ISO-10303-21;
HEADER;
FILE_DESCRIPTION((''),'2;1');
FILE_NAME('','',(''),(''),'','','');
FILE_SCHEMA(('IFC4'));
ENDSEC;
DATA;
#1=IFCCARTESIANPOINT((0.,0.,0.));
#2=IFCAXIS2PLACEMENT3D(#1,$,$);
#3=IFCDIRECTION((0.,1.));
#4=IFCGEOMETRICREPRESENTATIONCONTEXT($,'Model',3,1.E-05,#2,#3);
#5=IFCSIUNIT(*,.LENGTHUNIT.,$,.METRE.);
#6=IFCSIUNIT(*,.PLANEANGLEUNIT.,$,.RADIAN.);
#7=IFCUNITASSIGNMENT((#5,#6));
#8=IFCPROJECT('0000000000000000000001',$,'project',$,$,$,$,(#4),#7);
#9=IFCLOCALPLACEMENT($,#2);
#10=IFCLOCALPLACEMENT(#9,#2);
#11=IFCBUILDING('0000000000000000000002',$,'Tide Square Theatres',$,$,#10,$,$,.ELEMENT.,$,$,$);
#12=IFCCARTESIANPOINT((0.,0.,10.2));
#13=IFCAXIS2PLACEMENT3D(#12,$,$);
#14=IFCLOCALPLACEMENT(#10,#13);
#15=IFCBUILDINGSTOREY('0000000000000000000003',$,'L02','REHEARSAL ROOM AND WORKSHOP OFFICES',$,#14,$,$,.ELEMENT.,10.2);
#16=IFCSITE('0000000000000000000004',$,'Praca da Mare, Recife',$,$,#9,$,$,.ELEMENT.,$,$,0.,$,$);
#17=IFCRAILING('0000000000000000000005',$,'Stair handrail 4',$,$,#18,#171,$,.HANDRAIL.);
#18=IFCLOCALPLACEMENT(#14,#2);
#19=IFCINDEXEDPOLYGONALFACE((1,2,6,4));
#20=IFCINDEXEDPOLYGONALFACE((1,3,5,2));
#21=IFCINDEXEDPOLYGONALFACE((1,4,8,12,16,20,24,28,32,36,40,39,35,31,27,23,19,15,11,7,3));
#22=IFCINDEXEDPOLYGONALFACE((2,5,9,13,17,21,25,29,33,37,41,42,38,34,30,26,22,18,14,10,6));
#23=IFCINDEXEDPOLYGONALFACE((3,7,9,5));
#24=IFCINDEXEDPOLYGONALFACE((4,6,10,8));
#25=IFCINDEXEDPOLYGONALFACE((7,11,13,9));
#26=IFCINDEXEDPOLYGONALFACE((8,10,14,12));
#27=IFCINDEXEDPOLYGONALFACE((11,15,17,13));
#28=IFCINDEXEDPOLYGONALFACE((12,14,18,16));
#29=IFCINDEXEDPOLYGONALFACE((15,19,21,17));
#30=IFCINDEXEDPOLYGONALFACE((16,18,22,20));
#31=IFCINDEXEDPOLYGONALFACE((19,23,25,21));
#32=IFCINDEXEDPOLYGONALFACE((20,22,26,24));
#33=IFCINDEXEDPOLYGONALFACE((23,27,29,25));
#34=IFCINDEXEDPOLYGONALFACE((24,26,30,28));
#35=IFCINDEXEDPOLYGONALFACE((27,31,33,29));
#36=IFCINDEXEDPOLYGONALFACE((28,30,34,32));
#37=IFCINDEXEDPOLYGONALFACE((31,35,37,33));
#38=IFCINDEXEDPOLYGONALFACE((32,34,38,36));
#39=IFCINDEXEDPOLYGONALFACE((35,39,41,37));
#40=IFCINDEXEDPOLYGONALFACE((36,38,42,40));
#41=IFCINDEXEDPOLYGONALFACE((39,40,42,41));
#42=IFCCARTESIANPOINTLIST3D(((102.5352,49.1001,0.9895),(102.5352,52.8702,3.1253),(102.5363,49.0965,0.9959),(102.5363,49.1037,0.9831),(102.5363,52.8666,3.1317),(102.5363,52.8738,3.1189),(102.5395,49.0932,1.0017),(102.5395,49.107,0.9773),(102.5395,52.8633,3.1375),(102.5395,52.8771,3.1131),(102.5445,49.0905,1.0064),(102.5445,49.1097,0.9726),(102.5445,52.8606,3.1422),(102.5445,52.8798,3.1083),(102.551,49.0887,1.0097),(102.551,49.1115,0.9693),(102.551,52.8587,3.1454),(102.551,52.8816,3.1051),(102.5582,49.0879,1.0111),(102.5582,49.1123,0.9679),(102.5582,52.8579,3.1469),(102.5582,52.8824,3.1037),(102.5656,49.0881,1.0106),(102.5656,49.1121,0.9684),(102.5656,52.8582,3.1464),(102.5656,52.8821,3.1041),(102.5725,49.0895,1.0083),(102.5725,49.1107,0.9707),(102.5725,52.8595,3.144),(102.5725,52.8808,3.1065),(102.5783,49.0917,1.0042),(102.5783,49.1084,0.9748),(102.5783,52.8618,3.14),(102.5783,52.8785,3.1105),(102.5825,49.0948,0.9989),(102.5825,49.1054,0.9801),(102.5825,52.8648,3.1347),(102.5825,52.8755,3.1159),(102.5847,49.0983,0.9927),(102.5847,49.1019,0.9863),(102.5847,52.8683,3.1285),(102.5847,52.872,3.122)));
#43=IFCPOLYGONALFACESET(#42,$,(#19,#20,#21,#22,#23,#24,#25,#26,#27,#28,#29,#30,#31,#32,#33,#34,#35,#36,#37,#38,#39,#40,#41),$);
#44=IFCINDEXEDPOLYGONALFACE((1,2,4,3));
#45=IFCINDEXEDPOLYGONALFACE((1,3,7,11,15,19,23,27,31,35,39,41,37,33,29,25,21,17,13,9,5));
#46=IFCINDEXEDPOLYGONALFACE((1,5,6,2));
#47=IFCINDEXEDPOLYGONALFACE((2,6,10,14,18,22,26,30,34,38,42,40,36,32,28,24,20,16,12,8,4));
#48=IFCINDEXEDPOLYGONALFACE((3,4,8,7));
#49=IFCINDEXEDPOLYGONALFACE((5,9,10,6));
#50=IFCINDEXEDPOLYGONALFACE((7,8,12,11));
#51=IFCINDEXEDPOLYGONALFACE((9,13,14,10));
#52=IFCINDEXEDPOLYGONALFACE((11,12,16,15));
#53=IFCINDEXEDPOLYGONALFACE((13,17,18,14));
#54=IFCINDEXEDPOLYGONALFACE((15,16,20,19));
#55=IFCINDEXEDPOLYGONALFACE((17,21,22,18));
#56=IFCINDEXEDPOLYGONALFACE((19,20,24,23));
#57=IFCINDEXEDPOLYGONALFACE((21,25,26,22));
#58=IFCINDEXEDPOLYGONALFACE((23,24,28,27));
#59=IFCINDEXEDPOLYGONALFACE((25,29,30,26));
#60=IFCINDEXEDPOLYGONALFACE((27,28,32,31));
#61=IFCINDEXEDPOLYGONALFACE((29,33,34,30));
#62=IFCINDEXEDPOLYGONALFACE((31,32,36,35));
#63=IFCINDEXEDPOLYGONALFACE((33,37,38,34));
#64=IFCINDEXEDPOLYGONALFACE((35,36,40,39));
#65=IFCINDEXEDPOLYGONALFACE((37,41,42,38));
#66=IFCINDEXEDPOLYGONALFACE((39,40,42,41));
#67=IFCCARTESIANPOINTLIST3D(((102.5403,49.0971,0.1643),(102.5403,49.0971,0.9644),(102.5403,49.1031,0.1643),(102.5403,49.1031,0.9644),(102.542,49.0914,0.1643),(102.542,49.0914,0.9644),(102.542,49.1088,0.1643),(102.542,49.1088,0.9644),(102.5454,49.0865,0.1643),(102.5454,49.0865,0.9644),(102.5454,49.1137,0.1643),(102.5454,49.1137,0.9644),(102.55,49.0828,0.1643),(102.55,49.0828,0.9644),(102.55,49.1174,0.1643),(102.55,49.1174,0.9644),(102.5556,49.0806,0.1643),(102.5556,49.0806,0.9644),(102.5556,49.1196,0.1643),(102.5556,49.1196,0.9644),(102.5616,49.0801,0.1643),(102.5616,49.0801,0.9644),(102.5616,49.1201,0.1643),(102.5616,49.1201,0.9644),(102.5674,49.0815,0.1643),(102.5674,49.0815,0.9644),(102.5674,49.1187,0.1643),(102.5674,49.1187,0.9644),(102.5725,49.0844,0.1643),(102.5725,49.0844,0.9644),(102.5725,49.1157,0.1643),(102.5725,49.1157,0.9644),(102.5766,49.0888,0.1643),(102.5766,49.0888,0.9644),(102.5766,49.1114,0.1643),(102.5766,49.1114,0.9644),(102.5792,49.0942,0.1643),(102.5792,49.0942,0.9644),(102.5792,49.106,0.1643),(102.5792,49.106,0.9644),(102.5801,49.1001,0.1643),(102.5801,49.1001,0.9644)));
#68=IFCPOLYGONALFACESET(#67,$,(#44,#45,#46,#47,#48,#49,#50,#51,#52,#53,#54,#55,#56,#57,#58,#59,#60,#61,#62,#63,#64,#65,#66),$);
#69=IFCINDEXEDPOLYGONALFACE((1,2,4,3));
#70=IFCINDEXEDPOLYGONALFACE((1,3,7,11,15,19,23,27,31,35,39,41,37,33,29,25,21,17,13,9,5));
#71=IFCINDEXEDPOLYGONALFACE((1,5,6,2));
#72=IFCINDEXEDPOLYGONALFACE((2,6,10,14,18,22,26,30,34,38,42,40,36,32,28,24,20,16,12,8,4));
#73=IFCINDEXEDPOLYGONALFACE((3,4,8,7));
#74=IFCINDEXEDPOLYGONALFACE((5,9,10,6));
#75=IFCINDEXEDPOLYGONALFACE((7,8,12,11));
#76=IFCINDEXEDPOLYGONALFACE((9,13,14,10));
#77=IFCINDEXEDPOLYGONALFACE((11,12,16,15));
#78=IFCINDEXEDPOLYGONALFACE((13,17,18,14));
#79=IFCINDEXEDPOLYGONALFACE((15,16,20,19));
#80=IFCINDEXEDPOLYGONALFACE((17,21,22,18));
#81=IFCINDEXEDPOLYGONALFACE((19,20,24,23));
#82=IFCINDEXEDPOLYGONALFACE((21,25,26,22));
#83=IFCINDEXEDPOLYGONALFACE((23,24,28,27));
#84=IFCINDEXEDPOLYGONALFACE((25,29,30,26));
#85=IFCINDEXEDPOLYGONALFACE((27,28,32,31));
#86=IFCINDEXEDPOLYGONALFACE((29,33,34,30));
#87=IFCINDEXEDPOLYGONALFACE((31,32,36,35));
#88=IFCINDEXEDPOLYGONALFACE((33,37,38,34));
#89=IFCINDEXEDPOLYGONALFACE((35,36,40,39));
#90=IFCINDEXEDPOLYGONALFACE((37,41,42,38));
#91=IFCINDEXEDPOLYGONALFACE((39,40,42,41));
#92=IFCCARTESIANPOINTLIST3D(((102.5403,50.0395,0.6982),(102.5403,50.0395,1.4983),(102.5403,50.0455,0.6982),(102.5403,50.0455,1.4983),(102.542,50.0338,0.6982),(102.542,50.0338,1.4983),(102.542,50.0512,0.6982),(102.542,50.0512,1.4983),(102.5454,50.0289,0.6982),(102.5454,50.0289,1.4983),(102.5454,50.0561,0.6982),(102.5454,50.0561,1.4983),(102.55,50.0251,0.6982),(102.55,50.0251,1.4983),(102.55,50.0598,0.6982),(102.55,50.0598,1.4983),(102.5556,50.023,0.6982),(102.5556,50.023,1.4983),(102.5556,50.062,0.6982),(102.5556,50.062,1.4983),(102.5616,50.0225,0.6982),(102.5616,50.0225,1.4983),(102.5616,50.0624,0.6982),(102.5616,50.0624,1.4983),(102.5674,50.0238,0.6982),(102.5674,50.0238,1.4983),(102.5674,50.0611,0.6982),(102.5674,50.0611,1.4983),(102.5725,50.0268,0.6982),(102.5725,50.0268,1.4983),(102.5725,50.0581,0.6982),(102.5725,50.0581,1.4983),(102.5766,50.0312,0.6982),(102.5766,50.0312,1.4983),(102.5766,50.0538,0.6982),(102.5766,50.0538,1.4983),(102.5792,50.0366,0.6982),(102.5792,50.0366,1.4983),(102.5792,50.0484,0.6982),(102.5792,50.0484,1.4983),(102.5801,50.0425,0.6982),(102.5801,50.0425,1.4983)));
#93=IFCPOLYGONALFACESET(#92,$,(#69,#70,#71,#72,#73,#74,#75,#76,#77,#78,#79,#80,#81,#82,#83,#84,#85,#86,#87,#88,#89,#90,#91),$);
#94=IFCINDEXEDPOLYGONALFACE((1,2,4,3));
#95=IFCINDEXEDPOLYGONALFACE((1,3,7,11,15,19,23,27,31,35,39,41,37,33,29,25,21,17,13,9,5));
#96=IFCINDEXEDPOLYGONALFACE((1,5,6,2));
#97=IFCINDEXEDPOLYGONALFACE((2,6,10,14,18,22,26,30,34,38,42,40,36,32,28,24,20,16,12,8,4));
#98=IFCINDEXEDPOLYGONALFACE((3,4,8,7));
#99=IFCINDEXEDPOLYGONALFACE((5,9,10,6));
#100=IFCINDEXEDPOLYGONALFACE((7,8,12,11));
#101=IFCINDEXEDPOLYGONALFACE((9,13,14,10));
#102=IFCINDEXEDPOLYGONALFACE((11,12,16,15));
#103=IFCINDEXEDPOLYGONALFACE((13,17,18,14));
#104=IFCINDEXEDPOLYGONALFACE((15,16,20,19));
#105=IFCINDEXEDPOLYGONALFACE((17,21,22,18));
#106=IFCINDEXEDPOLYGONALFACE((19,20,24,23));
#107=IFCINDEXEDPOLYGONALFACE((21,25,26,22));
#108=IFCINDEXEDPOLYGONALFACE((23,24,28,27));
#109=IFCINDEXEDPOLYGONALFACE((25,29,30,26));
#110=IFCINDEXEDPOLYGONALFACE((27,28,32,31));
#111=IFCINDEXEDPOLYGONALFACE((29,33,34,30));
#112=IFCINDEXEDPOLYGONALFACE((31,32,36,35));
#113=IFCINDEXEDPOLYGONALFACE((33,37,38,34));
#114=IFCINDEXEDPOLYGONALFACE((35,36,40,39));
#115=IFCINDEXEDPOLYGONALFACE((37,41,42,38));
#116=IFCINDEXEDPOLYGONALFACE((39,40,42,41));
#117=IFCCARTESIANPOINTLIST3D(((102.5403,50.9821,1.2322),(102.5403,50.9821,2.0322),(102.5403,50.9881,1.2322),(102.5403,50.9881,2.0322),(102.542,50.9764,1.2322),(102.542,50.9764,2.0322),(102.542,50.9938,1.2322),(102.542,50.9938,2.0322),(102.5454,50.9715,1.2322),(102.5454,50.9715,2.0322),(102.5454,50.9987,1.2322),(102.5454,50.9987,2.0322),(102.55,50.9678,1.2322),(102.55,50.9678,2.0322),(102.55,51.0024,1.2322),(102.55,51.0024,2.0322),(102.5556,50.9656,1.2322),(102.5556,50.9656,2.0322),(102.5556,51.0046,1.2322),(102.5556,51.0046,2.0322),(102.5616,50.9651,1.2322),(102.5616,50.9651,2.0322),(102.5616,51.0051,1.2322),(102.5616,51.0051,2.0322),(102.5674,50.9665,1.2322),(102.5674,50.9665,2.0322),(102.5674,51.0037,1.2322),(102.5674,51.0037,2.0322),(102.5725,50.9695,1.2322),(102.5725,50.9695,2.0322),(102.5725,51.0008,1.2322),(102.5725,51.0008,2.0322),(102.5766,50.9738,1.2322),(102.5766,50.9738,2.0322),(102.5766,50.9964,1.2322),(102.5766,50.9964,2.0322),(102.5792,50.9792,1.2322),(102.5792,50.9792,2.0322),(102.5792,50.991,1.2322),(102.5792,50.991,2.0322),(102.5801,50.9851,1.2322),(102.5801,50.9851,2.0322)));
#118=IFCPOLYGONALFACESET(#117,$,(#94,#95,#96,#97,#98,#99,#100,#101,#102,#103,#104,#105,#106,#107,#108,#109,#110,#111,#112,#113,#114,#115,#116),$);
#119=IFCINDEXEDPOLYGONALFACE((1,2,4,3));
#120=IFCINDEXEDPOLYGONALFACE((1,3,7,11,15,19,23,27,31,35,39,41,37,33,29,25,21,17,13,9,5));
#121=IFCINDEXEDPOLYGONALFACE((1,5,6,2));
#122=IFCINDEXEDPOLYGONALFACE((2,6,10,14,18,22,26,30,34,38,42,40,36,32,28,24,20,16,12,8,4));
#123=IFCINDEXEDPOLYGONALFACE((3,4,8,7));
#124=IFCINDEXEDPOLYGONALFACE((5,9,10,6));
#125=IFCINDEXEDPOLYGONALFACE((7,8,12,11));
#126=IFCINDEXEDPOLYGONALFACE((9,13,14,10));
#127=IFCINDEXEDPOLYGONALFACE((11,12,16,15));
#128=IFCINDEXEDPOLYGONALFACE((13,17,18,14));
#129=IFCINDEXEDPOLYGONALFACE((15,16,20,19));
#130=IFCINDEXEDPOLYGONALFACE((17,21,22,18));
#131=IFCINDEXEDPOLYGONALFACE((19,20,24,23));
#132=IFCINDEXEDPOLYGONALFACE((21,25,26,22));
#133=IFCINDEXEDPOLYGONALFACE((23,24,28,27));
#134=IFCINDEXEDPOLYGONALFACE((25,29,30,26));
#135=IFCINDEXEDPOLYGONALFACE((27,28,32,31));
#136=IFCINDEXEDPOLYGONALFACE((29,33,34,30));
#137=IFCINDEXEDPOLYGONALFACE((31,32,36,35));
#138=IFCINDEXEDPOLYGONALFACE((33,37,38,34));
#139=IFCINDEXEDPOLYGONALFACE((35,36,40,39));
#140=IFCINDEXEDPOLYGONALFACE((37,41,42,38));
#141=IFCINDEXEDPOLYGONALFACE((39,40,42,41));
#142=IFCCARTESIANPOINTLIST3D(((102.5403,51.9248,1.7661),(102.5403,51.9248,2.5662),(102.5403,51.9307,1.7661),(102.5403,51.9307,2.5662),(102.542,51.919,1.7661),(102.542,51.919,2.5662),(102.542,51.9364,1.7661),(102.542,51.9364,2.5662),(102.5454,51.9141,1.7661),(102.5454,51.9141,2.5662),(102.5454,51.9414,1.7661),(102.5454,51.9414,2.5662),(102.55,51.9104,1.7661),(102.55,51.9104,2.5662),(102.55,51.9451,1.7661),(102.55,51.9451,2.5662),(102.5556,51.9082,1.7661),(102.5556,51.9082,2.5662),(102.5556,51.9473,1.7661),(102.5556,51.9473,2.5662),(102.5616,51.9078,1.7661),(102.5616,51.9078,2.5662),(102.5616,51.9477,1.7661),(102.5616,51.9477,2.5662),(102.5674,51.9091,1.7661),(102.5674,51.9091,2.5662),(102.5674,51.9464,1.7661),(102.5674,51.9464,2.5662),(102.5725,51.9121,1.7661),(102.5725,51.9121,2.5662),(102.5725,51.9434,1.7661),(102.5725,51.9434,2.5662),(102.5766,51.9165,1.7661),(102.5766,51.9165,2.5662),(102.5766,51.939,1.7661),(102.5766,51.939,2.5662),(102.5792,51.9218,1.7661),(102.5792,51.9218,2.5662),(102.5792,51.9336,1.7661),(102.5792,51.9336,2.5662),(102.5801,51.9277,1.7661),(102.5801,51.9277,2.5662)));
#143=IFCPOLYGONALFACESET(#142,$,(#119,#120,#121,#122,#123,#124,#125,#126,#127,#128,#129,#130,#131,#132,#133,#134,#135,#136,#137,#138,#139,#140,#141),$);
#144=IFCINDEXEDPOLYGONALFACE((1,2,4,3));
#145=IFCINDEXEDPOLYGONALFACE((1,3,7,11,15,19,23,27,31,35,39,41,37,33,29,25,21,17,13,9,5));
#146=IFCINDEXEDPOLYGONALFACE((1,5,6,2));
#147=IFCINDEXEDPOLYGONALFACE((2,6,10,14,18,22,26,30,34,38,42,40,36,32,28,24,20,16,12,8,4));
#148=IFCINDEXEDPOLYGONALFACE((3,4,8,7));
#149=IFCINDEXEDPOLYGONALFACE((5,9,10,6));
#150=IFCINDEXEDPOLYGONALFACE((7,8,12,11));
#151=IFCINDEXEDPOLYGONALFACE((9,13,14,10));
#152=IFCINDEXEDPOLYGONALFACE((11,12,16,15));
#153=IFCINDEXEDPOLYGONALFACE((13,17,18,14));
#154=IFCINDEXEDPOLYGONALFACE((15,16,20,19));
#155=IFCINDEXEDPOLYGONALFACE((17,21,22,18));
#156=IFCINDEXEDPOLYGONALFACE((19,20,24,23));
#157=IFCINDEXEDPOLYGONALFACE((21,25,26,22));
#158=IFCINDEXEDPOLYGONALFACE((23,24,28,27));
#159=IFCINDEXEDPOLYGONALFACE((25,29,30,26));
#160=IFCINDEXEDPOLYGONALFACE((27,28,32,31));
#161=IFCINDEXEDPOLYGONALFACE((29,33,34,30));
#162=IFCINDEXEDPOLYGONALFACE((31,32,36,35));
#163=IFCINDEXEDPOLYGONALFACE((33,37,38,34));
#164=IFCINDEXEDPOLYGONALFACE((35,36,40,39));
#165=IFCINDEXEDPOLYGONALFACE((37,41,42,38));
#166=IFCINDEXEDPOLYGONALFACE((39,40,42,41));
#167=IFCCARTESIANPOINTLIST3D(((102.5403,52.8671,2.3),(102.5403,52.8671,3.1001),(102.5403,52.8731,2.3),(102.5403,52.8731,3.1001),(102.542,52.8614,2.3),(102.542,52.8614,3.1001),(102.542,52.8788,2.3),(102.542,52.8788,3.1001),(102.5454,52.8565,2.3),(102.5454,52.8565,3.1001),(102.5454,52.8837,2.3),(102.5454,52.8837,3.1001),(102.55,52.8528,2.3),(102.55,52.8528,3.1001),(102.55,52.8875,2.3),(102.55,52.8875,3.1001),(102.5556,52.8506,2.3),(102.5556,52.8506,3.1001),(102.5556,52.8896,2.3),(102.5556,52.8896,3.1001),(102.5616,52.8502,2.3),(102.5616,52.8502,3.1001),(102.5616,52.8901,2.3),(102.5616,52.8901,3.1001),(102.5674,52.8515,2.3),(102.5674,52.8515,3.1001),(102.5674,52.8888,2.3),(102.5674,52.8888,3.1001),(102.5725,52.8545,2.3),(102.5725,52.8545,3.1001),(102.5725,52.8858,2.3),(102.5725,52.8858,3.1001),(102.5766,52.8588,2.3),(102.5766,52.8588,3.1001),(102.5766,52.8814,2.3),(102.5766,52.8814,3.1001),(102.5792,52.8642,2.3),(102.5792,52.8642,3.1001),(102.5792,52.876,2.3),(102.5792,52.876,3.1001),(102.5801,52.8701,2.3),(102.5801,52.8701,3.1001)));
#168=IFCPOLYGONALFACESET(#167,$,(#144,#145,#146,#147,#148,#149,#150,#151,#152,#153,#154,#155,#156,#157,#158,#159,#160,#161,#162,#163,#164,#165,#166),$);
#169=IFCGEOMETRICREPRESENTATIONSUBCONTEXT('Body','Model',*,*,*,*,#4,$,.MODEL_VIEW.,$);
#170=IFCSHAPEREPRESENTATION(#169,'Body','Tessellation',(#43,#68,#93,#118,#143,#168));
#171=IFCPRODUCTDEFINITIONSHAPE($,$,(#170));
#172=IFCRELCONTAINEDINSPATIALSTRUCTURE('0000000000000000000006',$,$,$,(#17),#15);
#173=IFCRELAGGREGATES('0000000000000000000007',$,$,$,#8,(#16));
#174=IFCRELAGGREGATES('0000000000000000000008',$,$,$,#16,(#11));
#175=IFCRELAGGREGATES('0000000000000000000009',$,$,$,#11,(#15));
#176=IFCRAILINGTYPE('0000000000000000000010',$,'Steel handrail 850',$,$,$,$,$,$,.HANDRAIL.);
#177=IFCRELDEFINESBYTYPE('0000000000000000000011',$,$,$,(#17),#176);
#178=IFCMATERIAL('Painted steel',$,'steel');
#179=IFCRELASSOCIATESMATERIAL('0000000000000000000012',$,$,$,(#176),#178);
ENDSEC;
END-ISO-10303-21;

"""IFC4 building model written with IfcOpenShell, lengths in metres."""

from ifc_helpers import new_model, si_unit, direction, frame, origin, origin_2d, place, context, subcontext, project, spatial, circle, extrude, material, type_object, element, save


model = new_model("IFC4")

# Units and contexts
model_context = context("Model", 3, precision=1e-05, world=origin(), true_north=direction((0.0, 1.0)))
body_context = subcontext(model_context, "Body", "Model", "MODEL_VIEW")
ifc_project = project(units=[si_unit("LENGTHUNIT", "METRE"), si_unit("PLANEANGLEUNIT", "RADIAN")], contexts=[model_context])

# Site, building, storey
site_placement = place(None, origin())
site = spatial("IfcSite", under=ifc_project, at=site_placement, Name="Praca da Mare, Recife", CompositionType="ELEMENT", RefElevation=0.0)
building_placement = place(site_placement, origin())
building = spatial("IfcBuilding", under=site, at=building_placement, Name="Tide Square Theatres", CompositionType="ELEMENT")
storey_placement = place(building_placement, frame((0.0, 0.0, 10.2)))
storey = spatial("IfcBuildingStorey", under=building, at=storey_placement, Name="L02", Description="REHEARSAL ROOM AND WORKSHOP OFFICES", CompositionType="ELEMENT", Elevation=10.2)

# Railing
ifc_material_1 = material(Name="Painted steel", Category="steel")
railing_type = type_object("IfcRailingType", Name="Steel handrail 850", PredefinedType="HANDRAIL", material=ifc_material_1)
railing_placement = place(storey_placement, frame((102.5601, 49.1001, 0.1643)))
element("IfcRailing", 1, at=railing_placement, inside=storey, type_object=railing_type, Name="Stair handrail 4", PredefinedType="HANDRAIL", context=body_context, shape_type="SweptSolid", body=[
    extrude(circle(Radius=0.0249, at=origin_2d()), frame((0.0, 0.0, 0.8252), z_axis=(0.0, 0.870082, 0.492907), x_axis=(-1.0, 0.0, 0.0)), (0.0, 0.0, 1.0), 4.333),
    extrude(circle(Radius=0.02, at=origin_2d()), origin(), (0.0, 0.0, 1.0), 0.8),
    extrude(circle(Radius=0.02, at=origin_2d()), frame((0.0, 0.9424, 0.5339)), (0.0, 0.0, 1.0), 0.8),
    extrude(circle(Radius=0.02, at=origin_2d()), frame((0.0, 1.885, 1.0679)), (0.0, 0.0, 1.0), 0.8),
    extrude(circle(Radius=0.02, at=origin_2d()), frame((0.0, 2.8276, 1.6018)), (0.0, 0.0, 1.0), 0.8),
    extrude(circle(Radius=0.02, at=origin_2d()), frame((0.0, 3.77, 2.1357)), (0.0, 0.0, 1.0), 0.8),
])

save(model, "model.ifc")
